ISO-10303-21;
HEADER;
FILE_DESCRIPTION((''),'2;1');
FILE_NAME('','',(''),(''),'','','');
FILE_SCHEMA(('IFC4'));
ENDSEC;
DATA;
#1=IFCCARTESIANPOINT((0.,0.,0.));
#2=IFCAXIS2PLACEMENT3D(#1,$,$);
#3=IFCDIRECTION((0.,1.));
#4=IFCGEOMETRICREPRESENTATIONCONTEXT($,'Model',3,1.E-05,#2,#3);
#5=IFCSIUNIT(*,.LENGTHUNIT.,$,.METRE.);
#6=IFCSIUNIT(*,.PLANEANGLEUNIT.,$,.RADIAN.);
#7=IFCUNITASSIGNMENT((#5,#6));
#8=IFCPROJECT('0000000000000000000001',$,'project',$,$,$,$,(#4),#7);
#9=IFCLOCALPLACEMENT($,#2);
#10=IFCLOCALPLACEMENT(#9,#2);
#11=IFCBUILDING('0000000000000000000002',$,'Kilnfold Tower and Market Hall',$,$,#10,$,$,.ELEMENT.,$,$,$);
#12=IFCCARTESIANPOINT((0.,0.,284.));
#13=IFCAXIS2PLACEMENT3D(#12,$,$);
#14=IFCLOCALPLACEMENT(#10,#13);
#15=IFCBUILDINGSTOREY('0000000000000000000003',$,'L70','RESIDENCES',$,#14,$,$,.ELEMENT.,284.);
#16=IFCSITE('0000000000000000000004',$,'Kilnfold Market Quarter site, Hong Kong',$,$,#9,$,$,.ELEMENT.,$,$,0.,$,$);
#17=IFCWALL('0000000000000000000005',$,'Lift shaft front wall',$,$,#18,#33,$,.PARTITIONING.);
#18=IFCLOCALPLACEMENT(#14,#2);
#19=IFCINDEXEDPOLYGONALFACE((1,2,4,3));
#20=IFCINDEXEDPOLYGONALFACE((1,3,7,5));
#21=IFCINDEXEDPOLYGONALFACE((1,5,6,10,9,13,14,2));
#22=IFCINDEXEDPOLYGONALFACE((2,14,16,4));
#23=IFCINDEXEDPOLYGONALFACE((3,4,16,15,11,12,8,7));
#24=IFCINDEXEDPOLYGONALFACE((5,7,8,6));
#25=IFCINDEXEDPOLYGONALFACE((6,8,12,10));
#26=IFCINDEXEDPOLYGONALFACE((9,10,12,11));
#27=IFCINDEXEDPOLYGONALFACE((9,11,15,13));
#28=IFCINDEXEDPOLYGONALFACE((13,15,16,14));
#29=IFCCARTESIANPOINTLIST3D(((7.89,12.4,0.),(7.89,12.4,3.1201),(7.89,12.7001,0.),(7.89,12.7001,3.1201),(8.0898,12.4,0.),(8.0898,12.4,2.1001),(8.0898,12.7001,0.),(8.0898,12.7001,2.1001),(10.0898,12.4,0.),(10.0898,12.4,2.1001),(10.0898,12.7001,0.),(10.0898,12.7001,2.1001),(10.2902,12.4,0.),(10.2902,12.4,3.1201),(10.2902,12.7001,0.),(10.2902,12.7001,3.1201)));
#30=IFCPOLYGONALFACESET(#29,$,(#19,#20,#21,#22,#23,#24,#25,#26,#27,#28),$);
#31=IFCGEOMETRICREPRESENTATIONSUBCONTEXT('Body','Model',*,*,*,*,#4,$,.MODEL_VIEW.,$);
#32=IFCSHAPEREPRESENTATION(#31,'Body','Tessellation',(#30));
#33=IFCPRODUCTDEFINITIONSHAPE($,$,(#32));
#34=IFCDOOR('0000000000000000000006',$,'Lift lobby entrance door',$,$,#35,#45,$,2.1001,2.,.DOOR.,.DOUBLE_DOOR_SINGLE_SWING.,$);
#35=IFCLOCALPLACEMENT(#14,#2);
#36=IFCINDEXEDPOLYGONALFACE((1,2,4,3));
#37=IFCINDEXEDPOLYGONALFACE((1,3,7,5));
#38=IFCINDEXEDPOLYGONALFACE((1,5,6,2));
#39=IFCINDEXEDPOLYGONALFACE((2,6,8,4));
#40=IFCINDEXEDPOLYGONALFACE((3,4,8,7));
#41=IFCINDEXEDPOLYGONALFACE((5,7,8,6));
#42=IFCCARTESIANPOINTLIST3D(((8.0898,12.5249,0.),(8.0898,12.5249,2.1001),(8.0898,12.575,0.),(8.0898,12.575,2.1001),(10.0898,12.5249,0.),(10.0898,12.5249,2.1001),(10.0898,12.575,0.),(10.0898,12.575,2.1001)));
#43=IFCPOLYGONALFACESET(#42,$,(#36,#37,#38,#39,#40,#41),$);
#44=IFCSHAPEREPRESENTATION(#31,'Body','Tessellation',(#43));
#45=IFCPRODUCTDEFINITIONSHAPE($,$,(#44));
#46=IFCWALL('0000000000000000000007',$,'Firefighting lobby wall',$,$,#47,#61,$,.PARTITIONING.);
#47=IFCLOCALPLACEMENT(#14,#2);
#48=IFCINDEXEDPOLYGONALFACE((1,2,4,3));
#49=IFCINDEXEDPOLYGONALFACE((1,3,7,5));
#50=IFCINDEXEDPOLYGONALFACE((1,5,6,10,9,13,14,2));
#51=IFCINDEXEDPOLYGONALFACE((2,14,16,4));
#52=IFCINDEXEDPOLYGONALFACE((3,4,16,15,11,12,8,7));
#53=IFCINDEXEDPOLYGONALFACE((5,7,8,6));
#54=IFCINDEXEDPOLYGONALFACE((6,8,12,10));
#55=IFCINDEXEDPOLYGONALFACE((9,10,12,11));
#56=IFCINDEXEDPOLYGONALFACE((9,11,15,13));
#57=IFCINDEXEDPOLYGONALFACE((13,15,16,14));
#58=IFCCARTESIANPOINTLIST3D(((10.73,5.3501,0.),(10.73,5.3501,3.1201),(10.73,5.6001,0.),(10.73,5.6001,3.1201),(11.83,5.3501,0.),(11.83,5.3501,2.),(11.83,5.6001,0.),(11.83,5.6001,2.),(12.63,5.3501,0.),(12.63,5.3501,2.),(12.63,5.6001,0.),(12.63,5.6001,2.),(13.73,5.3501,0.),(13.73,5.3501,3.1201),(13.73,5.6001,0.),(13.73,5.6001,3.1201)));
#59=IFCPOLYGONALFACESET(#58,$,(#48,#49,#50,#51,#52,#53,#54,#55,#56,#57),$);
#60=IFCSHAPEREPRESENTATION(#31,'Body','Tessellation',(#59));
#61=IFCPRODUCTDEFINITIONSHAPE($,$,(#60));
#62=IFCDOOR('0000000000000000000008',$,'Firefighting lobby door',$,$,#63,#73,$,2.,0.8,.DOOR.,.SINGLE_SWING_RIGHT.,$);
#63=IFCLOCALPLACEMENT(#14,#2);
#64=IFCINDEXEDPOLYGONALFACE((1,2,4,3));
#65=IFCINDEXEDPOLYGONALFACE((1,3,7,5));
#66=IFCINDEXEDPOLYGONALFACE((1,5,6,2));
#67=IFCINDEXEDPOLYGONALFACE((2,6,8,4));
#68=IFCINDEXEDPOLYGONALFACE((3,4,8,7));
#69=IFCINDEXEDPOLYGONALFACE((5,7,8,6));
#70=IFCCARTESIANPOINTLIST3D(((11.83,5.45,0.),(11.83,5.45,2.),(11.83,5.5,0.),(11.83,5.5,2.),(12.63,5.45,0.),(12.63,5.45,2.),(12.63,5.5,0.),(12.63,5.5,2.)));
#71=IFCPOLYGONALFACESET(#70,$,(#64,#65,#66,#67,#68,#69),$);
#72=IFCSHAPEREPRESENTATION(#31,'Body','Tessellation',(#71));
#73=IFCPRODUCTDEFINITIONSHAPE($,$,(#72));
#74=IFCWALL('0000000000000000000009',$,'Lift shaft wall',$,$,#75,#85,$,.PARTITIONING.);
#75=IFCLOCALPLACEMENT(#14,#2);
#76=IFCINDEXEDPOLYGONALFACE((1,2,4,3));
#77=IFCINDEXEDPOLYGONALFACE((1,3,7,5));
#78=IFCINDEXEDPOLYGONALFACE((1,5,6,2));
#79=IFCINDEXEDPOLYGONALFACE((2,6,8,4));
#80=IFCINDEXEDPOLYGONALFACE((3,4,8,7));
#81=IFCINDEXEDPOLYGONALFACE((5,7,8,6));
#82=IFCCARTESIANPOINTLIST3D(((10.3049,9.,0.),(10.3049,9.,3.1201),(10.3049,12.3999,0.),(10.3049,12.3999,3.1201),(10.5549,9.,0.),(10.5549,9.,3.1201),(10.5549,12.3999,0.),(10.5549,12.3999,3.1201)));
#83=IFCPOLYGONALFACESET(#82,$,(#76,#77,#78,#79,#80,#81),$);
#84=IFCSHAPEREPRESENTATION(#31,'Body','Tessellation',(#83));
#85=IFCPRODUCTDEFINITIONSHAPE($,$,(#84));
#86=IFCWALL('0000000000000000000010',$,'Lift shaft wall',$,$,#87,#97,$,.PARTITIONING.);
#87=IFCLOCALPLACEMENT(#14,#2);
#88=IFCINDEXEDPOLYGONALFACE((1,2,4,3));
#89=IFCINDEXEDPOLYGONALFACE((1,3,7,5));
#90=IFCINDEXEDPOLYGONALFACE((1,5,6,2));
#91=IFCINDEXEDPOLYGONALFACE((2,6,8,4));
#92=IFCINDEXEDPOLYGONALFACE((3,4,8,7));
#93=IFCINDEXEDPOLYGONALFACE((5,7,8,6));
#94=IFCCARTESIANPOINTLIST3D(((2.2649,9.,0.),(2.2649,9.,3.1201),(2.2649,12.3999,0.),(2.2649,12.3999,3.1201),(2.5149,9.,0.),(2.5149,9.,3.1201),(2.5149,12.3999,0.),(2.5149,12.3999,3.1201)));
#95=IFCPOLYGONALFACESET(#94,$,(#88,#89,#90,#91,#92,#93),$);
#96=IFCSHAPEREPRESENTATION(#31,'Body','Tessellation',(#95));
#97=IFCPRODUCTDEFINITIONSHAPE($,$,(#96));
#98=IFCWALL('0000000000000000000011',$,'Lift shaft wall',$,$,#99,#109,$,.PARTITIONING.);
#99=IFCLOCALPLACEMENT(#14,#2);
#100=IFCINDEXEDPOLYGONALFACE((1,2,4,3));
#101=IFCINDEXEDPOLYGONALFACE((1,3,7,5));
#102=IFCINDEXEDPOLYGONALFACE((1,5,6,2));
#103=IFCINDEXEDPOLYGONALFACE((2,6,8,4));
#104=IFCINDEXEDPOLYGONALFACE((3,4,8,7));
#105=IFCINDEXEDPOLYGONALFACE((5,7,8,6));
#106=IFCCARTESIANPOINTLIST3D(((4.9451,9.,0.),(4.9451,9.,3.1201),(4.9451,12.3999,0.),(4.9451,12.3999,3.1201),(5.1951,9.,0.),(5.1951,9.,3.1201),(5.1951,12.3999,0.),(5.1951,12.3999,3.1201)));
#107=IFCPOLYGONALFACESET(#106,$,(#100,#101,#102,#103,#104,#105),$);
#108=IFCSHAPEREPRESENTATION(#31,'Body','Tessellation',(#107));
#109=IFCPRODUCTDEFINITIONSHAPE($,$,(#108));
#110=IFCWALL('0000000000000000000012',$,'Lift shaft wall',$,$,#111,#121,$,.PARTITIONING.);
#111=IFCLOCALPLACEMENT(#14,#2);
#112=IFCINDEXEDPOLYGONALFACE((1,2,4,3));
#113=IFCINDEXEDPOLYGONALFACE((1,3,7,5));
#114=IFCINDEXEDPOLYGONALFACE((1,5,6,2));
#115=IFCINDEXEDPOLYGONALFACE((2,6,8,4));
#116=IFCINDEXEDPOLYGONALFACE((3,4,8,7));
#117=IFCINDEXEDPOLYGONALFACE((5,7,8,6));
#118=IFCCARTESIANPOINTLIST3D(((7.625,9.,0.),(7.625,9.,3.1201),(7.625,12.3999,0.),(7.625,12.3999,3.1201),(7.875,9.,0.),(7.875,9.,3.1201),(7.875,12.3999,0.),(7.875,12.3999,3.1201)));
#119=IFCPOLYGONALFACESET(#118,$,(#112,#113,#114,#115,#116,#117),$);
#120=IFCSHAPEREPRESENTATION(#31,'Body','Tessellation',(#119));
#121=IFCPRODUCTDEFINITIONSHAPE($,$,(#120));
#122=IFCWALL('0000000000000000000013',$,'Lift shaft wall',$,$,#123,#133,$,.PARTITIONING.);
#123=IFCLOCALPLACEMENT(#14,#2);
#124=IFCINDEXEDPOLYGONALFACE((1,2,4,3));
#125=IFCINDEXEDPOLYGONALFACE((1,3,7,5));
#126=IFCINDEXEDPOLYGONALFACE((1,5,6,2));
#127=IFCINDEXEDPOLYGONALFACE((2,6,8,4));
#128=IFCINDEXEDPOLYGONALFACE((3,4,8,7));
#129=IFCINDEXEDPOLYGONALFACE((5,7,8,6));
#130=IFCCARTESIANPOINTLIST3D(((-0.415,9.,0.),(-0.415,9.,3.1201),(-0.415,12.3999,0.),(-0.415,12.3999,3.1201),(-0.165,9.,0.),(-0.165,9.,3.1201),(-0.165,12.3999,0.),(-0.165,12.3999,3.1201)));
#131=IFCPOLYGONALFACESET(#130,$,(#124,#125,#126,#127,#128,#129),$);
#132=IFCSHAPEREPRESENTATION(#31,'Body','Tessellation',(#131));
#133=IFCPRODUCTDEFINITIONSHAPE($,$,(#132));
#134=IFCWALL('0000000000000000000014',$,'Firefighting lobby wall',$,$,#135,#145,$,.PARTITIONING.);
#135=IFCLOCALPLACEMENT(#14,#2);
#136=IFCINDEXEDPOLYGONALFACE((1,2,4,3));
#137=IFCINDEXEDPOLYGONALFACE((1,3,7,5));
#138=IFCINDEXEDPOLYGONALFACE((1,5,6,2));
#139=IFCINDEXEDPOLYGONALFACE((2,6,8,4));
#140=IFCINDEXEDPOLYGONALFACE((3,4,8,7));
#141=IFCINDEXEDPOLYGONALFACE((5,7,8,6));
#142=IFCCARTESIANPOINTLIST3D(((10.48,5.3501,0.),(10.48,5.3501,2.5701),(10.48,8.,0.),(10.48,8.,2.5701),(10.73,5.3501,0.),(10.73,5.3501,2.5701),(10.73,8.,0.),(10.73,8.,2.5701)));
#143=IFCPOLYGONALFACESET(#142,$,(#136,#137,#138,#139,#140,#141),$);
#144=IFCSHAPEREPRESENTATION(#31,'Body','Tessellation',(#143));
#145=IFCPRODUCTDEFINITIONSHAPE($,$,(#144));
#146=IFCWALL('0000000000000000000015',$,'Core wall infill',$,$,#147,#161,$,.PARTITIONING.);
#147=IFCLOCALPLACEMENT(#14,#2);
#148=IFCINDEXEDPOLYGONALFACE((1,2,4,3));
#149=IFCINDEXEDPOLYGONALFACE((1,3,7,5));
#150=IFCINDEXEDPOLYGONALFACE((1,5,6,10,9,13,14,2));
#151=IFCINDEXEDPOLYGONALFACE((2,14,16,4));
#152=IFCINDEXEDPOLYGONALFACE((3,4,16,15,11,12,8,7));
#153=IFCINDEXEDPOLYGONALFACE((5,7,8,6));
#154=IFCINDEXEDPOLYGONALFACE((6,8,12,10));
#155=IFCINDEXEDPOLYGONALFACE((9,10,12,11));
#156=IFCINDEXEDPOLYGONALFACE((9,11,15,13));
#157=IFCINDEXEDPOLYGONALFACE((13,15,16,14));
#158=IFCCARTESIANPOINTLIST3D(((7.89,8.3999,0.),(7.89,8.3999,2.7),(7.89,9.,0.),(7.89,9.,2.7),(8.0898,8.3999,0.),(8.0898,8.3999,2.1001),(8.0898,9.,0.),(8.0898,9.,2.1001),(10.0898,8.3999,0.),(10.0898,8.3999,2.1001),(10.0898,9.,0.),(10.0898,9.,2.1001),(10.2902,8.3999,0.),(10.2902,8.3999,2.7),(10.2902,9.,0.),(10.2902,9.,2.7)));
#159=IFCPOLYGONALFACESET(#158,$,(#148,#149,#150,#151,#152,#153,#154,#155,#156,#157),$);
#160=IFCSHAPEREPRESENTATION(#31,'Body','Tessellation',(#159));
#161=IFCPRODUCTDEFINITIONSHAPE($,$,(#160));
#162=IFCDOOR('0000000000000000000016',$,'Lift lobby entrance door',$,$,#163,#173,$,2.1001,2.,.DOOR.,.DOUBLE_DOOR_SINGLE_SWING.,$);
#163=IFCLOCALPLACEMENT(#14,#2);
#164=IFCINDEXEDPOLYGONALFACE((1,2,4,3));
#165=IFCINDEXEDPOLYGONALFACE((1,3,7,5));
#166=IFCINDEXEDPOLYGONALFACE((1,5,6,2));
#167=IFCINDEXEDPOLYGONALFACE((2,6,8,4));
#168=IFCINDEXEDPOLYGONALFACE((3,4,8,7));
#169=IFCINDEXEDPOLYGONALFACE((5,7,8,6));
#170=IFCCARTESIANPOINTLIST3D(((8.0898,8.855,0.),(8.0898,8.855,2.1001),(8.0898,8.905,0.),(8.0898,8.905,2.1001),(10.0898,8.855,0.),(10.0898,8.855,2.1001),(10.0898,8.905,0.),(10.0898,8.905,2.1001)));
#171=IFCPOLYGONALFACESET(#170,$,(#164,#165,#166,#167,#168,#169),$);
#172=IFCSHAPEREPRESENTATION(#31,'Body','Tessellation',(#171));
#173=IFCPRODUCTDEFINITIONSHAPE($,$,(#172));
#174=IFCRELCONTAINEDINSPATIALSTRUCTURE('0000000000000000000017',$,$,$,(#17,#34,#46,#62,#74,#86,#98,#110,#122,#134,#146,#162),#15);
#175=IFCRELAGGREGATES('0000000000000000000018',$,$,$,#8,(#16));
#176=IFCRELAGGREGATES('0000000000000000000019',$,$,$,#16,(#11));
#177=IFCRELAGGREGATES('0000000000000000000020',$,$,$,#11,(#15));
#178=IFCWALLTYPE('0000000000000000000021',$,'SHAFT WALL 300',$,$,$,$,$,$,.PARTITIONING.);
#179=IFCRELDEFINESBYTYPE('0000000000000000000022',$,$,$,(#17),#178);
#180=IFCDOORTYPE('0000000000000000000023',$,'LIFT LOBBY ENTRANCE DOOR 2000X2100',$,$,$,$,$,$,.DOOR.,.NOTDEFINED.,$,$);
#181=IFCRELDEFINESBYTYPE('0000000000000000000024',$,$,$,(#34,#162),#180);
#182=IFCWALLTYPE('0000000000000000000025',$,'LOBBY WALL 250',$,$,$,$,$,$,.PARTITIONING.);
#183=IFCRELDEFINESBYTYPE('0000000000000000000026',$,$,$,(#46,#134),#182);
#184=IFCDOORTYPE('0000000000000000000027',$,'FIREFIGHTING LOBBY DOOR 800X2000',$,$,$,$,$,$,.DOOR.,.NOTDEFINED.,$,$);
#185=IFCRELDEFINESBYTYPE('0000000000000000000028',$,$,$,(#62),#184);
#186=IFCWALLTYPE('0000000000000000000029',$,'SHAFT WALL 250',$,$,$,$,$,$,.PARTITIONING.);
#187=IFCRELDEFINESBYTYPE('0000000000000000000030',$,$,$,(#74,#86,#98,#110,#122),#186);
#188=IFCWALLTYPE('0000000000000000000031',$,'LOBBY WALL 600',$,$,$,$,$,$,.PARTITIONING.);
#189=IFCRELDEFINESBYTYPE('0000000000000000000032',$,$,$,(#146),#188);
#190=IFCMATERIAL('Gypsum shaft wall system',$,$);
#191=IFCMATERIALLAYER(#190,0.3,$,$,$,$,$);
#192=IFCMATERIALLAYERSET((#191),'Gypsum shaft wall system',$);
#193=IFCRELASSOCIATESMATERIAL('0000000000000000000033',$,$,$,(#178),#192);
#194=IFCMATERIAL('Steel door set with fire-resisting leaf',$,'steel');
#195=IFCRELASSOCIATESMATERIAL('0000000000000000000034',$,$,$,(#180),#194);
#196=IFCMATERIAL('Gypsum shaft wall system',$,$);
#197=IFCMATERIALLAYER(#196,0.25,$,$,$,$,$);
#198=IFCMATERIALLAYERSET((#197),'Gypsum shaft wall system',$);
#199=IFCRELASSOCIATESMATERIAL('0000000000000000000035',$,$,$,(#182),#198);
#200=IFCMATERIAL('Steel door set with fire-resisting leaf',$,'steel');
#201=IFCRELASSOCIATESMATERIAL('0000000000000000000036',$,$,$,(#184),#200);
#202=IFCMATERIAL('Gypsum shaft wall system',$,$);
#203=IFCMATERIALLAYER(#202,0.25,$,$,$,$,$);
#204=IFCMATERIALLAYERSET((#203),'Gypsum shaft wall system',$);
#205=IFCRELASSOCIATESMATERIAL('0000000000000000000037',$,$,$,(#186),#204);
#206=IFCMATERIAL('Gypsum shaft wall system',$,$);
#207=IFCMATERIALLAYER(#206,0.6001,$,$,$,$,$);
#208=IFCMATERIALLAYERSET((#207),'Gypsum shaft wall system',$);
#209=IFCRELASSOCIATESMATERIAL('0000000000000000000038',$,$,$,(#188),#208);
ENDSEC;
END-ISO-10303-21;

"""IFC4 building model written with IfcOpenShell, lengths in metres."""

from ifc_helpers import new_model, si_unit, direction, frame, frame_2d, origin, place, context, subcontext, project, spatial, rectangle, extrude, source, transform, mapped, material, layer, layer_set, type_object, element, fill, save


model = new_model("IFC4")

# Units and contexts
model_context = context("Model", 3, precision=1e-05, world=origin(), true_north=direction((0.0, 1.0)))
body_context = subcontext(model_context, "Body", "Model", "MODEL_VIEW")
ifc_project = project(units=[si_unit("LENGTHUNIT", "METRE"), si_unit("PLANEANGLEUNIT", "RADIAN")], contexts=[model_context])

# Site, building, storey
site_placement = place(None, origin())
site = spatial("IfcSite", under=ifc_project, at=site_placement, Name="Kilnfold Market Quarter site, Hong Kong", CompositionType="ELEMENT", RefElevation=0.0)
building_placement = place(site_placement, origin())
building = spatial("IfcBuilding", under=site, at=building_placement, Name="Kilnfold Tower and Market Hall", CompositionType="ELEMENT")
storey_placement = place(building_placement, frame((0.0, 0.0, 284.0)))
storey = spatial("IfcBuildingStorey", under=building, at=storey_placement, Name="L70", Description="RESIDENCES", CompositionType="ELEMENT", Elevation=284.0)

# Walls, openings, doors
ifc_material_1 = material(Name="Gypsum shaft wall system")
ifc_layer_1 = layer(ifc_material_1, 0.3)
ifc_layer_set_1 = layer_set([ifc_layer_1], Name="Gypsum shaft wall system")
wall_type_1 = type_object("IfcWallType", Name="SHAFT WALL 300", PredefinedType="PARTITIONING", material=ifc_layer_set_1)
shared_shape_1 = source(origin(), body_context, "Body", "SweptSolid", [
    extrude(rectangle(XDim=2.4001, YDim=0.3, at=frame_2d((1.2002, 0.0))), origin(), (0.0, 0.0, 1.0), 3.1201),
])
wall_1_placement = place(storey_placement, frame((7.8899, 12.55, 0.0), z_axis=(0.0, 0.0, 1.0), x_axis=(1.0, 0.0, 0.0)))
wall_1 = element("IfcWall", 1, at=wall_1_placement, inside=storey, type_object=wall_type_1, Name="Lift shaft front wall", PredefinedType="PARTITIONING", context=body_context, shape_type="MappedRepresentation", body=[
    mapped(shared_shape_1, transform((0.0, 0.0, 0.0))),
])
opening_1_placement = place(wall_1_placement, frame((0.2, 0.0, 0.0)))
opening_1 = element("IfcOpeningElement", 2, at=opening_1_placement, cuts=wall_1, PredefinedType="OPENING", context=body_context, shape_type="SweptSolid", body=[
    extrude(rectangle(XDim=2.0, YDim=2.1001, at=frame_2d((1.0, 1.05))), frame((0.0, 0.1602, 0.0), z_axis=(0.0, -1.0, 0.0), x_axis=(1.0, 0.0, 0.0)), (0.0, 0.0, 1.0), 0.3201),
])
ifc_material_2 = material(Name="Steel door set with fire-resisting leaf", Category="steel")
door_type_1 = type_object("IfcDoorType", Name="LIFT LOBBY ENTRANCE DOOR 2000X2100", OperationType="NOTDEFINED", PredefinedType="DOOR", material=ifc_material_2)
door_1_placement = place(opening_1_placement, origin())
door_1 = element("IfcDoor", 3, at=door_1_placement, inside=storey, type_object=door_type_1, Name="Lift lobby entrance door", OperationType="DOUBLE_DOOR_SINGLE_SWING", OverallHeight=2.1001, OverallWidth=2.0, PredefinedType="DOOR", context=body_context, shape_type="SweptSolid", body=[
    extrude(rectangle(XDim=2.0, YDim=2.1001, at=frame_2d((1.0, 1.05))), frame((0.0, 0.0249, 0.0), z_axis=(0.0, -1.0, 0.0), x_axis=(1.0, 0.0, 0.0)), (0.0, 0.0, 1.0), 0.05),
])
fill(opening_1, door_1)
ifc_material_3 = material(Name="Gypsum shaft wall system")
ifc_layer_2 = layer(ifc_material_3, 0.25)
ifc_layer_set_2 = layer_set([ifc_layer_2], Name="Gypsum shaft wall system")
wall_type_2 = type_object("IfcWallType", Name="LOBBY WALL 250", PredefinedType="PARTITIONING", material=ifc_layer_set_2)
shared_shape_2 = source(origin(), body_context, "Body", "SweptSolid", [
    extrude(rectangle(XDim=3.0, YDim=0.25, at=frame_2d((1.5, 0.0))), origin(), (0.0, 0.0, 1.0), 3.1201),
])
wall_2_placement = place(storey_placement, frame((10.73, 5.4751, 0.0), z_axis=(0.0, 0.0, 1.0), x_axis=(1.0, 0.0, 0.0)))
wall_2 = element("IfcWall", 4, at=wall_2_placement, inside=storey, type_object=wall_type_2, Name="Firefighting lobby wall", PredefinedType="PARTITIONING", context=body_context, shape_type="MappedRepresentation", body=[
    mapped(shared_shape_2, transform((0.0, 0.0, 0.0))),
])
opening_2_placement = place(wall_2_placement, frame((1.1001, 0.0, 0.0)))
opening_2 = element("IfcOpeningElement", 5, at=opening_2_placement, cuts=wall_2, PredefinedType="OPENING", context=body_context, shape_type="SweptSolid", body=[
    extrude(rectangle(XDim=0.8, YDim=2.0, at=frame_2d((0.3999, 1.0))), frame((0.0, 0.135, 0.0), z_axis=(0.0, -1.0, 0.0), x_axis=(1.0, 0.0, 0.0)), (0.0, 0.0, 1.0), 0.27),
])
ifc_material_4 = material(Name="Steel door set with fire-resisting leaf", Category="steel")
door_type_2 = type_object("IfcDoorType", Name="FIREFIGHTING LOBBY DOOR 800X2000", OperationType="NOTDEFINED", PredefinedType="DOOR", material=ifc_material_4)
door_2_placement = place(opening_2_placement, origin())
door_2 = element("IfcDoor", 6, at=door_2_placement, inside=storey, type_object=door_type_2, Name="Firefighting lobby door", OperationType="SINGLE_SWING_RIGHT", OverallHeight=2.0, OverallWidth=0.8, PredefinedType="DOOR", context=body_context, shape_type="SweptSolid", body=[
    extrude(rectangle(XDim=0.8, YDim=2.0, at=frame_2d((0.3999, 1.0))), frame((0.0, 0.0249, 0.0), z_axis=(0.0, -1.0, 0.0), x_axis=(1.0, 0.0, 0.0)), (0.0, 0.0, 1.0), 0.05),
])
fill(opening_2, door_2)

# Walls
ifc_material_5 = material(Name="Gypsum shaft wall system")
ifc_layer_3 = layer(ifc_material_5, 0.25)
ifc_layer_set_3 = layer_set([ifc_layer_3], Name="Gypsum shaft wall system")
wall_type_3 = type_object("IfcWallType", Name="SHAFT WALL 250", PredefinedType="PARTITIONING", material=ifc_layer_set_3)
shared_shape_3 = source(origin(), body_context, "Body", "SweptSolid", [
    extrude(rectangle(XDim=3.3999, YDim=0.25, at=frame_2d((1.7, 0.0))), origin(), (0.0, 0.0, 1.0), 3.1201),
])
for number, where, z_axis, x_axis, name in (
    (7, (10.4299, 9.0, 0.0), (0.0, 0.0, 1.0), (0.0, 1.0, 0.0), "Lift shaft wall"),
    (8, (2.3899, 9.0, 0.0), (0.0, 0.0, 1.0), (0.0, 1.0, 0.0), "Lift shaft wall"),
    (9, (5.0701, 9.0, 0.0), (0.0, 0.0, 1.0), (0.0, 1.0, 0.0), "Lift shaft wall"),
    (10, (7.75, 9.0, 0.0), (0.0, 0.0, 1.0), (0.0, 1.0, 0.0), "Lift shaft wall"),
    (11, (-0.29, 9.0, 0.0), (0.0, 0.0, 1.0), (0.0, 1.0, 0.0), "Lift shaft wall"),
):
    element("IfcWall", number, at=place(storey_placement, frame(where, z_axis=z_axis, x_axis=x_axis)), inside=storey, type_object=wall_type_3, Name=name, PredefinedType="PARTITIONING", context=body_context, shape_type="MappedRepresentation", body=[
        mapped(shared_shape_3, transform((0.0, 0.0, 0.0))),
    ])
shared_shape_4 = source(origin(), body_context, "Body", "SweptSolid", [
    extrude(rectangle(XDim=2.6499, YDim=0.25, at=frame_2d((1.325, 0.0))), origin(), (0.0, 0.0, 1.0), 2.5701),
])
wall_3_placement = place(storey_placement, frame((10.605, 5.3501, 0.0), z_axis=(0.0, 0.0, 1.0), x_axis=(0.0, 1.0, 0.0)))
element("IfcWall", 12, at=wall_3_placement, inside=storey, type_object=wall_type_2, Name="Firefighting lobby wall", PredefinedType="PARTITIONING", context=body_context, shape_type="MappedRepresentation", body=[
    mapped(shared_shape_4, transform((0.0, 0.0, 0.0))),
])

# Wall, opening, door
ifc_material_6 = material(Name="Gypsum shaft wall system")
ifc_layer_4 = layer(ifc_material_6, 0.6001)
ifc_layer_set_4 = layer_set([ifc_layer_4], Name="Gypsum shaft wall system")
wall_type_4 = type_object("IfcWallType", Name="LOBBY WALL 600", PredefinedType="PARTITIONING", material=ifc_layer_set_4)
shared_shape_5 = source(origin(), body_context, "Body", "SweptSolid", [
    extrude(rectangle(XDim=2.4001, YDim=0.6001, at=frame_2d((1.2002, 0.0))), origin(), (0.0, 0.0, 1.0), 2.7),
])
wall_4_placement = place(storey_placement, frame((7.8899, 8.7, 0.0), z_axis=(0.0, 0.0, 1.0), x_axis=(1.0, 0.0, 0.0)))
wall_4 = element("IfcWall", 13, at=wall_4_placement, inside=storey, type_object=wall_type_4, Name="Core wall infill", PredefinedType="PARTITIONING", context=body_context, shape_type="MappedRepresentation", body=[
    mapped(shared_shape_5, transform((0.0, 0.0, 0.0))),
])
opening_3_placement = place(wall_4_placement, frame((0.2, 0.0, 0.0)))
opening_3 = element("IfcOpeningElement", 14, at=opening_3_placement, cuts=wall_4, PredefinedType="OPENING", context=body_context, shape_type="SweptSolid", body=[
    extrude(rectangle(XDim=2.0, YDim=2.1001, at=frame_2d((1.0, 1.05))), frame((0.0, 0.3101, 0.0), z_axis=(0.0, -1.0, 0.0), x_axis=(1.0, 0.0, 0.0)), (0.0, 0.0, 1.0), 0.6201),
])
door_3_placement = place(opening_3_placement, origin())
door_3 = element("IfcDoor", 15, at=door_3_placement, inside=storey, type_object=door_type_1, Name="Lift lobby entrance door", OperationType="DOUBLE_DOOR_SINGLE_SWING", OverallHeight=2.1001, OverallWidth=2.0, PredefinedType="DOOR", context=body_context, shape_type="SweptSolid", body=[
    extrude(rectangle(XDim=2.0, YDim=2.1001, at=frame_2d((1.0, 1.05))), frame((0.0, 0.2051, 0.0), z_axis=(0.0, -1.0, 0.0), x_axis=(1.0, 0.0, 0.0)), (0.0, 0.0, 1.0), 0.05),
])
fill(opening_3, door_3)

save(model, "model.ifc")
